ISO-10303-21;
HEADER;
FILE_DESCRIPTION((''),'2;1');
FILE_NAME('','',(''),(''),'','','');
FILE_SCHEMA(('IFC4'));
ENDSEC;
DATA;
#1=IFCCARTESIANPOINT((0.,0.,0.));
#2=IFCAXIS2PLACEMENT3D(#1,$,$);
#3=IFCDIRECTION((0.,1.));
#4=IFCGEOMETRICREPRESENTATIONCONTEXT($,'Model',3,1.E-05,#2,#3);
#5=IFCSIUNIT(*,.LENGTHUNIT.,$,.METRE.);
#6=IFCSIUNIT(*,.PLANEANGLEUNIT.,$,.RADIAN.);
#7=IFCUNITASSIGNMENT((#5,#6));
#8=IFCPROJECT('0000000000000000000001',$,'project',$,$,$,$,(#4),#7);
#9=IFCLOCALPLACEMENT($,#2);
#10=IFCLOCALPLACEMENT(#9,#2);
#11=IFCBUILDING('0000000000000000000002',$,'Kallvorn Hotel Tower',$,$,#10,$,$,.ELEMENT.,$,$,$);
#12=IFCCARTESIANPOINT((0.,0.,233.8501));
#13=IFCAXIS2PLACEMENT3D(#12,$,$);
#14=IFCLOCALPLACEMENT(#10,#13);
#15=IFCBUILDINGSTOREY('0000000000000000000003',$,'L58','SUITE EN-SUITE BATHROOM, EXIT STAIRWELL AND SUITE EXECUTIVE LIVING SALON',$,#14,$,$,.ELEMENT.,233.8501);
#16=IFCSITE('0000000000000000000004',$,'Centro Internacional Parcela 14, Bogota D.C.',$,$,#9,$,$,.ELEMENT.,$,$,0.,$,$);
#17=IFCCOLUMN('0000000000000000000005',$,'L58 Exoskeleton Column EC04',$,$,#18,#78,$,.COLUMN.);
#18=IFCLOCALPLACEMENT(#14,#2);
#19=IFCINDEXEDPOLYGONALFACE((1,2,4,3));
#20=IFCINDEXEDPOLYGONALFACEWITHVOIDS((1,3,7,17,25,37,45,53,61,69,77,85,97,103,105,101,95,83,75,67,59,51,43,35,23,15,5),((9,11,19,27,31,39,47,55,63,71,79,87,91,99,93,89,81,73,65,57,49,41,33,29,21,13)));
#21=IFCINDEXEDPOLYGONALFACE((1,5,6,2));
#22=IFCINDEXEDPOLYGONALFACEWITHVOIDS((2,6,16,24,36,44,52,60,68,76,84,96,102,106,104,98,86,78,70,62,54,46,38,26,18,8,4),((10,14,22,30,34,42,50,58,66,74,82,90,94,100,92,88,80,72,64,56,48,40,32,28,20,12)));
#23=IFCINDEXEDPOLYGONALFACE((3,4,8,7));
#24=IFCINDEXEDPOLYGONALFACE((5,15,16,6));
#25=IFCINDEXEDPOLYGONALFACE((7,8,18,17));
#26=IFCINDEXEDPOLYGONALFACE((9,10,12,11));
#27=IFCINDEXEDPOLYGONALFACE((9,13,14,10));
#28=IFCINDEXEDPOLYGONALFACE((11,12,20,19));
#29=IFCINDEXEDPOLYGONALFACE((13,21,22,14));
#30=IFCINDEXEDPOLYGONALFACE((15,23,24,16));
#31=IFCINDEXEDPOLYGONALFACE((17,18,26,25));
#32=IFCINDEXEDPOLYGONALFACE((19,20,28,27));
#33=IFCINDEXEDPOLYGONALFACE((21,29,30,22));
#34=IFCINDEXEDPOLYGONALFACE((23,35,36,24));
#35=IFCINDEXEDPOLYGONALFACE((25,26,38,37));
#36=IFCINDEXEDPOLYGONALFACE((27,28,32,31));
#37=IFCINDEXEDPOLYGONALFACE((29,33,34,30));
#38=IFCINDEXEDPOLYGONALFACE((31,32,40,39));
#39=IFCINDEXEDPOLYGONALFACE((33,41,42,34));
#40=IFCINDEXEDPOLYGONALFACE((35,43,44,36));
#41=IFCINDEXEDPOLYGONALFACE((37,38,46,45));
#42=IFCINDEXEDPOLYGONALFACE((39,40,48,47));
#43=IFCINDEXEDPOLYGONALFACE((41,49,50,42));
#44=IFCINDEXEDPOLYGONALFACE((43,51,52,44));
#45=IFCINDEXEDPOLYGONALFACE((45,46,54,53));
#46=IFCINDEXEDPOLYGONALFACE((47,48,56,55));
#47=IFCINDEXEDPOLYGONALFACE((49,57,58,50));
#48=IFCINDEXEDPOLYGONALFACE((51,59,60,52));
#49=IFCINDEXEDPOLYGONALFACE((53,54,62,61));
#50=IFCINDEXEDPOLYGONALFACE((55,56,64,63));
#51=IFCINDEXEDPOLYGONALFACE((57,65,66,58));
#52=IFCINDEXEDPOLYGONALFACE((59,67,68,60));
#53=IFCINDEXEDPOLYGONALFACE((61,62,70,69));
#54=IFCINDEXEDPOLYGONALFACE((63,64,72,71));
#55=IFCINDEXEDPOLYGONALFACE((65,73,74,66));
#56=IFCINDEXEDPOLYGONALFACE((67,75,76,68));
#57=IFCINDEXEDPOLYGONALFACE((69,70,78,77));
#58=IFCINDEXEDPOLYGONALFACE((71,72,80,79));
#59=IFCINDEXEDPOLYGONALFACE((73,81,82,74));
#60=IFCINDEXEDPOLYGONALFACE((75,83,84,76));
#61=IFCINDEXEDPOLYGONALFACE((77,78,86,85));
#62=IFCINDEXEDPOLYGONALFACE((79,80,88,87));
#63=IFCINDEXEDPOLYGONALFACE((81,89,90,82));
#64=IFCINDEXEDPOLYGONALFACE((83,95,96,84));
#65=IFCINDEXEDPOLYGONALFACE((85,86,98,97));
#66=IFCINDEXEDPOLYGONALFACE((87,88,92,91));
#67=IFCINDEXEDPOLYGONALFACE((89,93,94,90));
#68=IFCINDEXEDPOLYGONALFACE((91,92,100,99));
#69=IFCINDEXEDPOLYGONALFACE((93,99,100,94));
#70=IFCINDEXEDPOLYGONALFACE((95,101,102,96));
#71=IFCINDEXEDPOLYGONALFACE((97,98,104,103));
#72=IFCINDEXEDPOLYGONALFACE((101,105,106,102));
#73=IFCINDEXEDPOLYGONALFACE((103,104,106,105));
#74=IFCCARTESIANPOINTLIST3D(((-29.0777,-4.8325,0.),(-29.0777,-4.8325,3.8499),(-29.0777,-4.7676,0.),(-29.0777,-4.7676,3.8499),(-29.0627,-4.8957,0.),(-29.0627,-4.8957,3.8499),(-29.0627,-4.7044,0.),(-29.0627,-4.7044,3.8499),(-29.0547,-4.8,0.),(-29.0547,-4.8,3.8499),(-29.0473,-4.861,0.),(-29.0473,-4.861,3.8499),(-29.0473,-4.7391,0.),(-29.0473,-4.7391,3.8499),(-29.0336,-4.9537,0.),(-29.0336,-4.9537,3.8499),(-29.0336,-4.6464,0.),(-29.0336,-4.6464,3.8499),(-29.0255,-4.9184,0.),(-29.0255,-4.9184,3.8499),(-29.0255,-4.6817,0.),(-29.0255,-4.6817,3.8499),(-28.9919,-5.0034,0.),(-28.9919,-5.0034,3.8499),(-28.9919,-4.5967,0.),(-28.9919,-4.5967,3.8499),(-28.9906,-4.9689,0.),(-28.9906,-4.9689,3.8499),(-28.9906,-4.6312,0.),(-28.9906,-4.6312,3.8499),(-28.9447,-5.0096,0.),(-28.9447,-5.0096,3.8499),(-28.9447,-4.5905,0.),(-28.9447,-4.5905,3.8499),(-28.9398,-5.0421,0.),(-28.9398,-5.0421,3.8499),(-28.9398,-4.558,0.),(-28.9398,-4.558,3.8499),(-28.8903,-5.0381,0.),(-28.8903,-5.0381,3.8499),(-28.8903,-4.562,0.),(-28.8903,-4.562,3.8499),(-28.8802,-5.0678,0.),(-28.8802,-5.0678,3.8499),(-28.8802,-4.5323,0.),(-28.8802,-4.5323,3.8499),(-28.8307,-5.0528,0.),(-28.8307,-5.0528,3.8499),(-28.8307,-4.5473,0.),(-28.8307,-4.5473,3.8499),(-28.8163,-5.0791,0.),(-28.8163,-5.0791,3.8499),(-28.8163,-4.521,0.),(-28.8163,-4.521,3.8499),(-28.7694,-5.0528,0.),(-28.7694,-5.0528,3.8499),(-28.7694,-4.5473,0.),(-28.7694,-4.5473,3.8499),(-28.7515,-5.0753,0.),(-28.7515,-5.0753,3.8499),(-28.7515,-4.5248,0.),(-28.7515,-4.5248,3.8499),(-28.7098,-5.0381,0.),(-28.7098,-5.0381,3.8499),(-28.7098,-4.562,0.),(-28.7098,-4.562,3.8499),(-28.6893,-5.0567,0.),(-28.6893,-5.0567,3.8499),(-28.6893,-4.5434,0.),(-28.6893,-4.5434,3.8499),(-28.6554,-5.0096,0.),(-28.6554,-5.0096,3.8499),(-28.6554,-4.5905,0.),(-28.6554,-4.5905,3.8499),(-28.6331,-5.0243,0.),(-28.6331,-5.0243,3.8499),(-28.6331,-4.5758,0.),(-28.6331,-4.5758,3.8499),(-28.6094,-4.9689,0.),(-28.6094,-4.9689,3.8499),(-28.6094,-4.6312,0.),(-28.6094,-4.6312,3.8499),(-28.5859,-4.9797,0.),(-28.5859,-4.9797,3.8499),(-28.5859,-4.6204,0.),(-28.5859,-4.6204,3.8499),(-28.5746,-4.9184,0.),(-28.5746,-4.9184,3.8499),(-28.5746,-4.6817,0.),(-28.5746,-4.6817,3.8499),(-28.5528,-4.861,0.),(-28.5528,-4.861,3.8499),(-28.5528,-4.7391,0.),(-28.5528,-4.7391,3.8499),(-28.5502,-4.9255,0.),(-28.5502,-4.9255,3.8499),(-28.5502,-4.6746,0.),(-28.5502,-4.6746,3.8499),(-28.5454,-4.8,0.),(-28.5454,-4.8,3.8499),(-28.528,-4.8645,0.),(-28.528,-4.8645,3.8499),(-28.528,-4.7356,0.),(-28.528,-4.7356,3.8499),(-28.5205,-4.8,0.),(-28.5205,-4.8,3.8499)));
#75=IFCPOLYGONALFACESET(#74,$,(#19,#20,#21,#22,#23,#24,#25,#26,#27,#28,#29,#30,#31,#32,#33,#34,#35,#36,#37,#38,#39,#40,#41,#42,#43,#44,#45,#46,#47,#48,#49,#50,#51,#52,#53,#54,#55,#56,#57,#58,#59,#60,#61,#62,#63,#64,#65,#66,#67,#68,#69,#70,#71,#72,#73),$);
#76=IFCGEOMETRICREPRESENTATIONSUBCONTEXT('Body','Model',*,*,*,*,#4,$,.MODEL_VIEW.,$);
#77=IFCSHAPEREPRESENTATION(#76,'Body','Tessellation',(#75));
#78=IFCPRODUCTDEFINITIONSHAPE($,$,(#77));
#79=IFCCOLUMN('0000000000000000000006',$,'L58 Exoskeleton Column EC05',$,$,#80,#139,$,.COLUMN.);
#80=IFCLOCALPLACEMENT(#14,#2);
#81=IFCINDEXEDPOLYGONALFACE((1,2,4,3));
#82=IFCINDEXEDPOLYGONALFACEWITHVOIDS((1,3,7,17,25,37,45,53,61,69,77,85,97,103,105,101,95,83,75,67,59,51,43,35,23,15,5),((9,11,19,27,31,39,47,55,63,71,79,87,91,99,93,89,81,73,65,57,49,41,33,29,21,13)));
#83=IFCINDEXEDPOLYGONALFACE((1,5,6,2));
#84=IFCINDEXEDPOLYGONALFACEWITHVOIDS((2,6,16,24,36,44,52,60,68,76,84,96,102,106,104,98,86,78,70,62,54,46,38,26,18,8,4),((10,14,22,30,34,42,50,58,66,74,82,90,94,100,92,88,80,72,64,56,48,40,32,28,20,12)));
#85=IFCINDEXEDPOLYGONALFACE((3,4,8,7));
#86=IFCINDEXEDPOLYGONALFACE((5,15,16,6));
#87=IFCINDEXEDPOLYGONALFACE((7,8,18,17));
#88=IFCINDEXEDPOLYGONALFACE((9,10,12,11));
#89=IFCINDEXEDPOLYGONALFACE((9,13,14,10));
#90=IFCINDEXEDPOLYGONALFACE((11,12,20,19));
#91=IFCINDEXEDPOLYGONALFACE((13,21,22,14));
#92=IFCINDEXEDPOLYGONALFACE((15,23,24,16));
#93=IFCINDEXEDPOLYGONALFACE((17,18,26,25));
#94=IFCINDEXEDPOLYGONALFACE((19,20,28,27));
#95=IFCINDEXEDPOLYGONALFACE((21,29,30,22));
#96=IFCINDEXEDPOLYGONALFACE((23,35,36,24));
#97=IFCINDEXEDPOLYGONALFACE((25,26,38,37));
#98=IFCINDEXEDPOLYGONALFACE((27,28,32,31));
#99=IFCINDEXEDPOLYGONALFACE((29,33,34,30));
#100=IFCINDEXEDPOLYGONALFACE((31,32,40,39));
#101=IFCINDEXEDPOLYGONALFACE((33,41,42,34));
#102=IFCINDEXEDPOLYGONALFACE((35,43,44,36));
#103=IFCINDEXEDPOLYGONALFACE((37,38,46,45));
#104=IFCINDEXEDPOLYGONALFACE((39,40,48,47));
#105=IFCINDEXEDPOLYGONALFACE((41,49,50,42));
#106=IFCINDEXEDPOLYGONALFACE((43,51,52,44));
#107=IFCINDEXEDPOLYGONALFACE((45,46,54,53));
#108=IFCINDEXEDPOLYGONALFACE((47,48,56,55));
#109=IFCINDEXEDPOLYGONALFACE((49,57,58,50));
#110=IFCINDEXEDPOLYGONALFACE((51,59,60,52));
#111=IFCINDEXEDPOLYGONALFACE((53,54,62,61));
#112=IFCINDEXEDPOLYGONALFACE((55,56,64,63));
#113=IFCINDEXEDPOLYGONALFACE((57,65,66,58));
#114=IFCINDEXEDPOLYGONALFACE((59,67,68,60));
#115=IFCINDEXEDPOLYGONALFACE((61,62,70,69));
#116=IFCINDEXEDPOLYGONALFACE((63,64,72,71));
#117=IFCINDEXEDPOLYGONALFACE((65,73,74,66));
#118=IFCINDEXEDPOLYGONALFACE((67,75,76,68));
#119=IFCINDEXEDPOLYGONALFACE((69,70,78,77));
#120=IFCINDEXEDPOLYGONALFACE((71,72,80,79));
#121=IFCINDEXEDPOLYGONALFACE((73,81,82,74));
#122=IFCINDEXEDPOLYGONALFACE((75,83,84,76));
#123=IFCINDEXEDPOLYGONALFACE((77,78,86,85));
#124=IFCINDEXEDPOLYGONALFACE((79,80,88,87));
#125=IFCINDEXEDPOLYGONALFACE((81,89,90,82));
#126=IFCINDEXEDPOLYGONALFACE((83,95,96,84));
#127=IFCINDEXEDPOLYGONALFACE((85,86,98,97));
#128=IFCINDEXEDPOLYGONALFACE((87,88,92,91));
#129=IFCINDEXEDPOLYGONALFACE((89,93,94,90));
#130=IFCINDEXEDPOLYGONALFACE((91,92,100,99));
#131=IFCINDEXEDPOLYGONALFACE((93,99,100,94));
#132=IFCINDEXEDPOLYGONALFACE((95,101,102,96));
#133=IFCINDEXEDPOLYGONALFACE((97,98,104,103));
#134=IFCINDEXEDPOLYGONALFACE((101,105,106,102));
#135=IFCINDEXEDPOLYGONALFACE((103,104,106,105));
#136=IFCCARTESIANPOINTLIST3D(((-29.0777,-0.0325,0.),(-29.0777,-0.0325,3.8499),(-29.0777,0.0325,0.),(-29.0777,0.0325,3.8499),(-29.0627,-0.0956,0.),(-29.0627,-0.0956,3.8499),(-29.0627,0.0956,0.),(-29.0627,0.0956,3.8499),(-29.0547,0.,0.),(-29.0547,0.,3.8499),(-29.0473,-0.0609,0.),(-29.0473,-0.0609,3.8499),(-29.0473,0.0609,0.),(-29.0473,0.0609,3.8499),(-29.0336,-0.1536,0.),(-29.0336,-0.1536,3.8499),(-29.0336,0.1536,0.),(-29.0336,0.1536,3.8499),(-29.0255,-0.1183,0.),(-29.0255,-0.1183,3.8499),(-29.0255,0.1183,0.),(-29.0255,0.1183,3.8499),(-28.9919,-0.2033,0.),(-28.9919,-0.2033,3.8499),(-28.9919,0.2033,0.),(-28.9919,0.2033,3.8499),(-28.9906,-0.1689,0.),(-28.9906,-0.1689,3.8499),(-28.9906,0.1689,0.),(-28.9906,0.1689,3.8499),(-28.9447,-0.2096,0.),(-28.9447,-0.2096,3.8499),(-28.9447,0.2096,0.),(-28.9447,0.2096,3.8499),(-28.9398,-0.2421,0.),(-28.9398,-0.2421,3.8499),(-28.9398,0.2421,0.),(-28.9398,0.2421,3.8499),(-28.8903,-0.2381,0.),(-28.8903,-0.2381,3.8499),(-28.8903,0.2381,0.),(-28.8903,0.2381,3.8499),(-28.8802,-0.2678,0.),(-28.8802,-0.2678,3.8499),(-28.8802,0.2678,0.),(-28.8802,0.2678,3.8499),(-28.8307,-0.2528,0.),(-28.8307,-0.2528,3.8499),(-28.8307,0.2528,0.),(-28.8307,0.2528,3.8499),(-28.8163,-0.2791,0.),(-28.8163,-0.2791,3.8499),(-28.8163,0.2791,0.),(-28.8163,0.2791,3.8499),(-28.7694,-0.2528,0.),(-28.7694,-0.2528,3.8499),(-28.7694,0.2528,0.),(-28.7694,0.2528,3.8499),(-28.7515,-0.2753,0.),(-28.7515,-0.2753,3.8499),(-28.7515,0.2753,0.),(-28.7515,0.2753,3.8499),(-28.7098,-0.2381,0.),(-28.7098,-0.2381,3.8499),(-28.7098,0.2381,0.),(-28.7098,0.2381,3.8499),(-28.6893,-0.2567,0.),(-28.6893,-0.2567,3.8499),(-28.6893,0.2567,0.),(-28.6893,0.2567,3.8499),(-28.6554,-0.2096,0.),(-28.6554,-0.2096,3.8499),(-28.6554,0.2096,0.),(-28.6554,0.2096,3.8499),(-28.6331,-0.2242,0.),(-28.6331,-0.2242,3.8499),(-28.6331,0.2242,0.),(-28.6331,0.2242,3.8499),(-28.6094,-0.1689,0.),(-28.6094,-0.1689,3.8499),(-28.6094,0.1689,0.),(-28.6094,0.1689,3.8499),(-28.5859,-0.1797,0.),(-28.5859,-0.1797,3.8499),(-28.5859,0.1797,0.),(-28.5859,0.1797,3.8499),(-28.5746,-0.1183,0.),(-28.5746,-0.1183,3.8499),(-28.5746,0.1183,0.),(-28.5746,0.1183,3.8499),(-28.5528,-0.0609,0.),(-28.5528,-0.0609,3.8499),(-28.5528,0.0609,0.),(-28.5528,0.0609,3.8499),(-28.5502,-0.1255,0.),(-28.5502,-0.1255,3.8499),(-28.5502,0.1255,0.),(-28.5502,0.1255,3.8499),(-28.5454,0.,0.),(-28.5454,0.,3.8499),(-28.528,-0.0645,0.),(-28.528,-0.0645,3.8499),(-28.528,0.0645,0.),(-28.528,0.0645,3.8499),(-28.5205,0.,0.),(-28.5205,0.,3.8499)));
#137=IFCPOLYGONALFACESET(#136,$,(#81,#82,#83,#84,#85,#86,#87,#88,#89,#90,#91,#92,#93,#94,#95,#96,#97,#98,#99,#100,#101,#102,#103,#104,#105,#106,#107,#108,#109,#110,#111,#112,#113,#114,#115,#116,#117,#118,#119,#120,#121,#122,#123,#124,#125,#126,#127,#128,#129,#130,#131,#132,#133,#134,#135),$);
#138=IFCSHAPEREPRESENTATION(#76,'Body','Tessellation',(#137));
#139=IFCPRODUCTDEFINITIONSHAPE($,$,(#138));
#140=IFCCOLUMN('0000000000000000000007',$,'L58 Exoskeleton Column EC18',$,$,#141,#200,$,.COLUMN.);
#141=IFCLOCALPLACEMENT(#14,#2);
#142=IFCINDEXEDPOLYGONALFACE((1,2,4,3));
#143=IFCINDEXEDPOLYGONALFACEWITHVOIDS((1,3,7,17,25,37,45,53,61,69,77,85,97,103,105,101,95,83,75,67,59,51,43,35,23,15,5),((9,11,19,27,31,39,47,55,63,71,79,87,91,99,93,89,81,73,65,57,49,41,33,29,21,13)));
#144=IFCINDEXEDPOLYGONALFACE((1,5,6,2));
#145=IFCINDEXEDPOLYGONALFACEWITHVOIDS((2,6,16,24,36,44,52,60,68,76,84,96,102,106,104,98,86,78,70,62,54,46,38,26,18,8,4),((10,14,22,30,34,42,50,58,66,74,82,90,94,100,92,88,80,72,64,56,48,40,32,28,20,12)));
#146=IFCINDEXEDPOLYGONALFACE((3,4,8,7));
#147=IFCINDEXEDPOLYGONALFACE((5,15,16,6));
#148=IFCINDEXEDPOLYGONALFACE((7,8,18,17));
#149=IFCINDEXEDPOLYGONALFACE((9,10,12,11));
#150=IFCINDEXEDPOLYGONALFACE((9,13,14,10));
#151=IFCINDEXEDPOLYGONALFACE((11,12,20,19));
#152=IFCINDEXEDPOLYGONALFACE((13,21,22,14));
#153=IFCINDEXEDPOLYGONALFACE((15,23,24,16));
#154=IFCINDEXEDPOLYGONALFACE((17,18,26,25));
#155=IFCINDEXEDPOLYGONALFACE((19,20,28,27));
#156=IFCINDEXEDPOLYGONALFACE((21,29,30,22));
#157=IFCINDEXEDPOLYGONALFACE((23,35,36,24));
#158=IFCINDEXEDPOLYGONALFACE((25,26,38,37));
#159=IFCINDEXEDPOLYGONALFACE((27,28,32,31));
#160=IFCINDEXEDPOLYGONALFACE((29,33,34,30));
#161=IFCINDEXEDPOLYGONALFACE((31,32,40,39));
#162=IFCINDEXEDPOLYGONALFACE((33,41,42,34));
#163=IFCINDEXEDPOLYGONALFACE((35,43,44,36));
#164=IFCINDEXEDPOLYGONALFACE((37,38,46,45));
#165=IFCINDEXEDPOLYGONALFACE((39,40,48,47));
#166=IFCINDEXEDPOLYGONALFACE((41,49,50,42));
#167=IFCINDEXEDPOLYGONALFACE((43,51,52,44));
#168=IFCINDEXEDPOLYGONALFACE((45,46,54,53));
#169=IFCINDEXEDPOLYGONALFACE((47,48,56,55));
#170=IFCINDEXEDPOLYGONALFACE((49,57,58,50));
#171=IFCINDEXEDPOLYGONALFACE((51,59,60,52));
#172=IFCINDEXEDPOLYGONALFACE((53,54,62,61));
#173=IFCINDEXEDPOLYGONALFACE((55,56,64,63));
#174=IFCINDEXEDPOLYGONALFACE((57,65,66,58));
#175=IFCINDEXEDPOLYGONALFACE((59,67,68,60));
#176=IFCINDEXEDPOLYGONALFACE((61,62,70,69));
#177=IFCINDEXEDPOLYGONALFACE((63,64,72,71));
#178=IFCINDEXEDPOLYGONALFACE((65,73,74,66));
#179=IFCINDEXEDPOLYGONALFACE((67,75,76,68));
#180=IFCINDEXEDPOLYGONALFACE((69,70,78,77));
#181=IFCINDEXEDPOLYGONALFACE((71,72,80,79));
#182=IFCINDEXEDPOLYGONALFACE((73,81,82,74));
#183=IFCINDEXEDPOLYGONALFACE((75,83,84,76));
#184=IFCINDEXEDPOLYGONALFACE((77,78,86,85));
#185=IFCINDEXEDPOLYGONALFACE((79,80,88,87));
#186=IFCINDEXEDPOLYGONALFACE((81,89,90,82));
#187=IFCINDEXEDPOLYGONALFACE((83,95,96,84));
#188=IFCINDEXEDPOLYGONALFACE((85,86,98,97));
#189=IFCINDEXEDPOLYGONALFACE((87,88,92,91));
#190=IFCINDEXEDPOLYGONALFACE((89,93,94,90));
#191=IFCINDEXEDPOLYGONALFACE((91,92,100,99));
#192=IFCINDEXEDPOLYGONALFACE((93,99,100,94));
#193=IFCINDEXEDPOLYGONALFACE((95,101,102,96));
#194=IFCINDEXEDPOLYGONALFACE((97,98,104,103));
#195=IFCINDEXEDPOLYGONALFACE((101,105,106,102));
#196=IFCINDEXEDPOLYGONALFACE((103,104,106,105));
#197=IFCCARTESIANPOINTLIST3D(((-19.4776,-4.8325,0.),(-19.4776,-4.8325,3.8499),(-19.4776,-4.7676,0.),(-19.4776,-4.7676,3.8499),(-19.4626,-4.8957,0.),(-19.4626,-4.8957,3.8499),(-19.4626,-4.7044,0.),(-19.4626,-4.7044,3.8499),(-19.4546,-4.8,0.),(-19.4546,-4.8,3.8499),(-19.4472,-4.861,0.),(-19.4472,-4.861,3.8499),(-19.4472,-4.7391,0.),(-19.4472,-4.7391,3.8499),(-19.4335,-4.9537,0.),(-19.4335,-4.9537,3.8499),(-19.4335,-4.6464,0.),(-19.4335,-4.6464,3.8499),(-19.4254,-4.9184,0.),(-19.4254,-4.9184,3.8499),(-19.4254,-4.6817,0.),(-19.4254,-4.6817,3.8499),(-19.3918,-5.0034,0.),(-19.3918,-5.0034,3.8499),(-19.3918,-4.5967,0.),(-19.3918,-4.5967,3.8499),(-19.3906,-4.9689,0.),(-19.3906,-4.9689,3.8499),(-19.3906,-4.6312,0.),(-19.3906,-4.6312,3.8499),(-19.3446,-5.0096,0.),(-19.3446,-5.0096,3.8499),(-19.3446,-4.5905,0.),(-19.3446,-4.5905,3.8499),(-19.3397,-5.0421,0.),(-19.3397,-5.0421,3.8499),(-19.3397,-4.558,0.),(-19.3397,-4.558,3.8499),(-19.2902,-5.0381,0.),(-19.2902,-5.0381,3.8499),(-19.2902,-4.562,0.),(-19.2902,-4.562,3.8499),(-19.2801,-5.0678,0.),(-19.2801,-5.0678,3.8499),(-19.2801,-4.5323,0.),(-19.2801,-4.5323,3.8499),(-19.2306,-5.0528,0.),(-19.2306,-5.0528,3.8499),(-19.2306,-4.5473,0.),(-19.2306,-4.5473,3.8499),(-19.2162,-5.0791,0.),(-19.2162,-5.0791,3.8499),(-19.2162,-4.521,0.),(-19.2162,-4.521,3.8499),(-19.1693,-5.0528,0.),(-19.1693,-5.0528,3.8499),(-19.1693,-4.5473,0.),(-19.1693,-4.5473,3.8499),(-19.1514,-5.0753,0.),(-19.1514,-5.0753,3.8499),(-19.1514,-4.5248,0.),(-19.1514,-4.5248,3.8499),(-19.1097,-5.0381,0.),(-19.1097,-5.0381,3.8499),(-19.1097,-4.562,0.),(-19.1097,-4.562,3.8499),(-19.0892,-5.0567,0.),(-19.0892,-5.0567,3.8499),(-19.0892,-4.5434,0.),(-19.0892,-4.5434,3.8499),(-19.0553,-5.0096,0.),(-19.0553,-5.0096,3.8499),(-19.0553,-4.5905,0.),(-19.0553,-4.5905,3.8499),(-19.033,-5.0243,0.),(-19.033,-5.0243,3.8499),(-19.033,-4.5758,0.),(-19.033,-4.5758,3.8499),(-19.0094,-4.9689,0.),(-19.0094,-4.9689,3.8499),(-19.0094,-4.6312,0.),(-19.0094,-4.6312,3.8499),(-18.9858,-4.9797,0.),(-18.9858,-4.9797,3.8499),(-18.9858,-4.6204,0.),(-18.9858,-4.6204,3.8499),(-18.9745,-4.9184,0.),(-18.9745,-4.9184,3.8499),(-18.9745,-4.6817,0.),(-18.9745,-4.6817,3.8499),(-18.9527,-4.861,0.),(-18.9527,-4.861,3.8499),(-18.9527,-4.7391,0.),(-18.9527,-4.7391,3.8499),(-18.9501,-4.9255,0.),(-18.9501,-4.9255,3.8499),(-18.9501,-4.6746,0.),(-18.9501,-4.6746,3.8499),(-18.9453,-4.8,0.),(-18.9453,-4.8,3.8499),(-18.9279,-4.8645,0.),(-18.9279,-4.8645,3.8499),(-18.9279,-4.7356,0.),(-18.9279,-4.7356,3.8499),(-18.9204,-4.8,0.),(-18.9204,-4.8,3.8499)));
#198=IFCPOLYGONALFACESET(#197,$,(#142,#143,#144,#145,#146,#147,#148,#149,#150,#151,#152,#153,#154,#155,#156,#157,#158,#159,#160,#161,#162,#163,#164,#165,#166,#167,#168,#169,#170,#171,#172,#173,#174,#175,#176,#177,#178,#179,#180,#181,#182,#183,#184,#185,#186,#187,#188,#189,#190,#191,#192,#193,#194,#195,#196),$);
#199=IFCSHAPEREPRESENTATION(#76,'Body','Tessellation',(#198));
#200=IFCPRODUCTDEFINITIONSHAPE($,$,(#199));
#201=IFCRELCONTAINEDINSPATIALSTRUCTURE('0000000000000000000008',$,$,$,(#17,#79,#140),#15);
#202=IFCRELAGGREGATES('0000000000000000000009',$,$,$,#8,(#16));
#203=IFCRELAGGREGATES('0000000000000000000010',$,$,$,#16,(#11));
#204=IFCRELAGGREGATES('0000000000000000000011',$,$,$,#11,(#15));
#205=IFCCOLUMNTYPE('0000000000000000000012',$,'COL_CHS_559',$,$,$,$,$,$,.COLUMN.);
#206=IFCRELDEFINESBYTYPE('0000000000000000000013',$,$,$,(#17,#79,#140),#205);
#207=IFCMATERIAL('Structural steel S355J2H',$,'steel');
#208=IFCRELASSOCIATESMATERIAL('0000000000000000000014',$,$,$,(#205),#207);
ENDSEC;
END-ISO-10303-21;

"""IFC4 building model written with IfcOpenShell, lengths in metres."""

from ifc_helpers import new_model, si_unit, direction, frame, origin, origin_2d, place, context, subcontext, project, spatial, hollow_circle, extrude, material, material_profile, profile_set, type_object, element, save


model = new_model("IFC4")

# Units and contexts
model_context = context("Model", 3, precision=1e-05, world=origin(), true_north=direction((0.0, 1.0)))
body_context = subcontext(model_context, "Body", "Model", "MODEL_VIEW")
ifc_project = project(units=[si_unit("LENGTHUNIT", "METRE"), si_unit("PLANEANGLEUNIT", "RADIAN")], contexts=[model_context])

# Site, building, storey
site_placement = place(None, origin())
site = spatial("IfcSite", under=ifc_project, at=site_placement, Name="Centro Internacional Parcela 14, Bogota D.C.", CompositionType="ELEMENT", RefElevation=0.0)
building_placement = place(site_placement, origin())
building = spatial("IfcBuilding", under=site, at=building_placement, Name="Kallvorn Hotel Tower", CompositionType="ELEMENT")
storey_placement = place(building_placement, frame((0.0, 0.0, 233.8501)))
storey = spatial("IfcBuildingStorey", under=building, at=storey_placement, Name="L58", Description="SUITE EN-SUITE BATHROOM, EXIT STAIRWELL AND SUITE EXECUTIVE LIVING SALON", CompositionType="ELEMENT", Elevation=233.8501)

# Columns
ifc_material_1 = material(Name="Structural steel S355J2H", Category="steel")
ifc_material_profile_1 = material_profile(ifc_material_1, hollow_circle(Radius=0.2795, WallThickness=0.0249, at=origin_2d()), Name="CHS 559x25")
ifc_profile_set_1 = profile_set([ifc_material_profile_1], Name="Structural steel S355J2H")
column_type_1 = type_object("IfcColumnType", Name="COL_CHS_559", PredefinedType="COLUMN", material=ifc_profile_set_1)
for number, where, z_axis, x_axis, name in (
    (1, (-28.8, -4.8, 0.0), (0.0, 0.0, 1.0), (1.0, 0.0, 0.0), "L58 Exoskeleton Column EC04"),
    (2, (-28.8, 0.0, 0.0), (0.0, 0.0, 1.0), (1.0, 0.0, 0.0), "L58 Exoskeleton Column EC05"),
    (3, (-19.2, -4.8, 0.0), (0.0, 0.0, 1.0), (1.0, 0.0, 0.0), "L58 Exoskeleton Column EC18"),
):
    element("IfcColumn", number, at=place(storey_placement, frame(where, z_axis=z_axis, x_axis=x_axis)), inside=storey, type_object=column_type_1, Name=name, PredefinedType="COLUMN", context=body_context, shape_type="SweptSolid", body=[
        extrude(hollow_circle(Radius=0.2795, WallThickness=0.0249, at=origin_2d()), origin(), (0.0, 0.0, 1.0), 3.8499),
    ])

save(model, "model.ifc")
